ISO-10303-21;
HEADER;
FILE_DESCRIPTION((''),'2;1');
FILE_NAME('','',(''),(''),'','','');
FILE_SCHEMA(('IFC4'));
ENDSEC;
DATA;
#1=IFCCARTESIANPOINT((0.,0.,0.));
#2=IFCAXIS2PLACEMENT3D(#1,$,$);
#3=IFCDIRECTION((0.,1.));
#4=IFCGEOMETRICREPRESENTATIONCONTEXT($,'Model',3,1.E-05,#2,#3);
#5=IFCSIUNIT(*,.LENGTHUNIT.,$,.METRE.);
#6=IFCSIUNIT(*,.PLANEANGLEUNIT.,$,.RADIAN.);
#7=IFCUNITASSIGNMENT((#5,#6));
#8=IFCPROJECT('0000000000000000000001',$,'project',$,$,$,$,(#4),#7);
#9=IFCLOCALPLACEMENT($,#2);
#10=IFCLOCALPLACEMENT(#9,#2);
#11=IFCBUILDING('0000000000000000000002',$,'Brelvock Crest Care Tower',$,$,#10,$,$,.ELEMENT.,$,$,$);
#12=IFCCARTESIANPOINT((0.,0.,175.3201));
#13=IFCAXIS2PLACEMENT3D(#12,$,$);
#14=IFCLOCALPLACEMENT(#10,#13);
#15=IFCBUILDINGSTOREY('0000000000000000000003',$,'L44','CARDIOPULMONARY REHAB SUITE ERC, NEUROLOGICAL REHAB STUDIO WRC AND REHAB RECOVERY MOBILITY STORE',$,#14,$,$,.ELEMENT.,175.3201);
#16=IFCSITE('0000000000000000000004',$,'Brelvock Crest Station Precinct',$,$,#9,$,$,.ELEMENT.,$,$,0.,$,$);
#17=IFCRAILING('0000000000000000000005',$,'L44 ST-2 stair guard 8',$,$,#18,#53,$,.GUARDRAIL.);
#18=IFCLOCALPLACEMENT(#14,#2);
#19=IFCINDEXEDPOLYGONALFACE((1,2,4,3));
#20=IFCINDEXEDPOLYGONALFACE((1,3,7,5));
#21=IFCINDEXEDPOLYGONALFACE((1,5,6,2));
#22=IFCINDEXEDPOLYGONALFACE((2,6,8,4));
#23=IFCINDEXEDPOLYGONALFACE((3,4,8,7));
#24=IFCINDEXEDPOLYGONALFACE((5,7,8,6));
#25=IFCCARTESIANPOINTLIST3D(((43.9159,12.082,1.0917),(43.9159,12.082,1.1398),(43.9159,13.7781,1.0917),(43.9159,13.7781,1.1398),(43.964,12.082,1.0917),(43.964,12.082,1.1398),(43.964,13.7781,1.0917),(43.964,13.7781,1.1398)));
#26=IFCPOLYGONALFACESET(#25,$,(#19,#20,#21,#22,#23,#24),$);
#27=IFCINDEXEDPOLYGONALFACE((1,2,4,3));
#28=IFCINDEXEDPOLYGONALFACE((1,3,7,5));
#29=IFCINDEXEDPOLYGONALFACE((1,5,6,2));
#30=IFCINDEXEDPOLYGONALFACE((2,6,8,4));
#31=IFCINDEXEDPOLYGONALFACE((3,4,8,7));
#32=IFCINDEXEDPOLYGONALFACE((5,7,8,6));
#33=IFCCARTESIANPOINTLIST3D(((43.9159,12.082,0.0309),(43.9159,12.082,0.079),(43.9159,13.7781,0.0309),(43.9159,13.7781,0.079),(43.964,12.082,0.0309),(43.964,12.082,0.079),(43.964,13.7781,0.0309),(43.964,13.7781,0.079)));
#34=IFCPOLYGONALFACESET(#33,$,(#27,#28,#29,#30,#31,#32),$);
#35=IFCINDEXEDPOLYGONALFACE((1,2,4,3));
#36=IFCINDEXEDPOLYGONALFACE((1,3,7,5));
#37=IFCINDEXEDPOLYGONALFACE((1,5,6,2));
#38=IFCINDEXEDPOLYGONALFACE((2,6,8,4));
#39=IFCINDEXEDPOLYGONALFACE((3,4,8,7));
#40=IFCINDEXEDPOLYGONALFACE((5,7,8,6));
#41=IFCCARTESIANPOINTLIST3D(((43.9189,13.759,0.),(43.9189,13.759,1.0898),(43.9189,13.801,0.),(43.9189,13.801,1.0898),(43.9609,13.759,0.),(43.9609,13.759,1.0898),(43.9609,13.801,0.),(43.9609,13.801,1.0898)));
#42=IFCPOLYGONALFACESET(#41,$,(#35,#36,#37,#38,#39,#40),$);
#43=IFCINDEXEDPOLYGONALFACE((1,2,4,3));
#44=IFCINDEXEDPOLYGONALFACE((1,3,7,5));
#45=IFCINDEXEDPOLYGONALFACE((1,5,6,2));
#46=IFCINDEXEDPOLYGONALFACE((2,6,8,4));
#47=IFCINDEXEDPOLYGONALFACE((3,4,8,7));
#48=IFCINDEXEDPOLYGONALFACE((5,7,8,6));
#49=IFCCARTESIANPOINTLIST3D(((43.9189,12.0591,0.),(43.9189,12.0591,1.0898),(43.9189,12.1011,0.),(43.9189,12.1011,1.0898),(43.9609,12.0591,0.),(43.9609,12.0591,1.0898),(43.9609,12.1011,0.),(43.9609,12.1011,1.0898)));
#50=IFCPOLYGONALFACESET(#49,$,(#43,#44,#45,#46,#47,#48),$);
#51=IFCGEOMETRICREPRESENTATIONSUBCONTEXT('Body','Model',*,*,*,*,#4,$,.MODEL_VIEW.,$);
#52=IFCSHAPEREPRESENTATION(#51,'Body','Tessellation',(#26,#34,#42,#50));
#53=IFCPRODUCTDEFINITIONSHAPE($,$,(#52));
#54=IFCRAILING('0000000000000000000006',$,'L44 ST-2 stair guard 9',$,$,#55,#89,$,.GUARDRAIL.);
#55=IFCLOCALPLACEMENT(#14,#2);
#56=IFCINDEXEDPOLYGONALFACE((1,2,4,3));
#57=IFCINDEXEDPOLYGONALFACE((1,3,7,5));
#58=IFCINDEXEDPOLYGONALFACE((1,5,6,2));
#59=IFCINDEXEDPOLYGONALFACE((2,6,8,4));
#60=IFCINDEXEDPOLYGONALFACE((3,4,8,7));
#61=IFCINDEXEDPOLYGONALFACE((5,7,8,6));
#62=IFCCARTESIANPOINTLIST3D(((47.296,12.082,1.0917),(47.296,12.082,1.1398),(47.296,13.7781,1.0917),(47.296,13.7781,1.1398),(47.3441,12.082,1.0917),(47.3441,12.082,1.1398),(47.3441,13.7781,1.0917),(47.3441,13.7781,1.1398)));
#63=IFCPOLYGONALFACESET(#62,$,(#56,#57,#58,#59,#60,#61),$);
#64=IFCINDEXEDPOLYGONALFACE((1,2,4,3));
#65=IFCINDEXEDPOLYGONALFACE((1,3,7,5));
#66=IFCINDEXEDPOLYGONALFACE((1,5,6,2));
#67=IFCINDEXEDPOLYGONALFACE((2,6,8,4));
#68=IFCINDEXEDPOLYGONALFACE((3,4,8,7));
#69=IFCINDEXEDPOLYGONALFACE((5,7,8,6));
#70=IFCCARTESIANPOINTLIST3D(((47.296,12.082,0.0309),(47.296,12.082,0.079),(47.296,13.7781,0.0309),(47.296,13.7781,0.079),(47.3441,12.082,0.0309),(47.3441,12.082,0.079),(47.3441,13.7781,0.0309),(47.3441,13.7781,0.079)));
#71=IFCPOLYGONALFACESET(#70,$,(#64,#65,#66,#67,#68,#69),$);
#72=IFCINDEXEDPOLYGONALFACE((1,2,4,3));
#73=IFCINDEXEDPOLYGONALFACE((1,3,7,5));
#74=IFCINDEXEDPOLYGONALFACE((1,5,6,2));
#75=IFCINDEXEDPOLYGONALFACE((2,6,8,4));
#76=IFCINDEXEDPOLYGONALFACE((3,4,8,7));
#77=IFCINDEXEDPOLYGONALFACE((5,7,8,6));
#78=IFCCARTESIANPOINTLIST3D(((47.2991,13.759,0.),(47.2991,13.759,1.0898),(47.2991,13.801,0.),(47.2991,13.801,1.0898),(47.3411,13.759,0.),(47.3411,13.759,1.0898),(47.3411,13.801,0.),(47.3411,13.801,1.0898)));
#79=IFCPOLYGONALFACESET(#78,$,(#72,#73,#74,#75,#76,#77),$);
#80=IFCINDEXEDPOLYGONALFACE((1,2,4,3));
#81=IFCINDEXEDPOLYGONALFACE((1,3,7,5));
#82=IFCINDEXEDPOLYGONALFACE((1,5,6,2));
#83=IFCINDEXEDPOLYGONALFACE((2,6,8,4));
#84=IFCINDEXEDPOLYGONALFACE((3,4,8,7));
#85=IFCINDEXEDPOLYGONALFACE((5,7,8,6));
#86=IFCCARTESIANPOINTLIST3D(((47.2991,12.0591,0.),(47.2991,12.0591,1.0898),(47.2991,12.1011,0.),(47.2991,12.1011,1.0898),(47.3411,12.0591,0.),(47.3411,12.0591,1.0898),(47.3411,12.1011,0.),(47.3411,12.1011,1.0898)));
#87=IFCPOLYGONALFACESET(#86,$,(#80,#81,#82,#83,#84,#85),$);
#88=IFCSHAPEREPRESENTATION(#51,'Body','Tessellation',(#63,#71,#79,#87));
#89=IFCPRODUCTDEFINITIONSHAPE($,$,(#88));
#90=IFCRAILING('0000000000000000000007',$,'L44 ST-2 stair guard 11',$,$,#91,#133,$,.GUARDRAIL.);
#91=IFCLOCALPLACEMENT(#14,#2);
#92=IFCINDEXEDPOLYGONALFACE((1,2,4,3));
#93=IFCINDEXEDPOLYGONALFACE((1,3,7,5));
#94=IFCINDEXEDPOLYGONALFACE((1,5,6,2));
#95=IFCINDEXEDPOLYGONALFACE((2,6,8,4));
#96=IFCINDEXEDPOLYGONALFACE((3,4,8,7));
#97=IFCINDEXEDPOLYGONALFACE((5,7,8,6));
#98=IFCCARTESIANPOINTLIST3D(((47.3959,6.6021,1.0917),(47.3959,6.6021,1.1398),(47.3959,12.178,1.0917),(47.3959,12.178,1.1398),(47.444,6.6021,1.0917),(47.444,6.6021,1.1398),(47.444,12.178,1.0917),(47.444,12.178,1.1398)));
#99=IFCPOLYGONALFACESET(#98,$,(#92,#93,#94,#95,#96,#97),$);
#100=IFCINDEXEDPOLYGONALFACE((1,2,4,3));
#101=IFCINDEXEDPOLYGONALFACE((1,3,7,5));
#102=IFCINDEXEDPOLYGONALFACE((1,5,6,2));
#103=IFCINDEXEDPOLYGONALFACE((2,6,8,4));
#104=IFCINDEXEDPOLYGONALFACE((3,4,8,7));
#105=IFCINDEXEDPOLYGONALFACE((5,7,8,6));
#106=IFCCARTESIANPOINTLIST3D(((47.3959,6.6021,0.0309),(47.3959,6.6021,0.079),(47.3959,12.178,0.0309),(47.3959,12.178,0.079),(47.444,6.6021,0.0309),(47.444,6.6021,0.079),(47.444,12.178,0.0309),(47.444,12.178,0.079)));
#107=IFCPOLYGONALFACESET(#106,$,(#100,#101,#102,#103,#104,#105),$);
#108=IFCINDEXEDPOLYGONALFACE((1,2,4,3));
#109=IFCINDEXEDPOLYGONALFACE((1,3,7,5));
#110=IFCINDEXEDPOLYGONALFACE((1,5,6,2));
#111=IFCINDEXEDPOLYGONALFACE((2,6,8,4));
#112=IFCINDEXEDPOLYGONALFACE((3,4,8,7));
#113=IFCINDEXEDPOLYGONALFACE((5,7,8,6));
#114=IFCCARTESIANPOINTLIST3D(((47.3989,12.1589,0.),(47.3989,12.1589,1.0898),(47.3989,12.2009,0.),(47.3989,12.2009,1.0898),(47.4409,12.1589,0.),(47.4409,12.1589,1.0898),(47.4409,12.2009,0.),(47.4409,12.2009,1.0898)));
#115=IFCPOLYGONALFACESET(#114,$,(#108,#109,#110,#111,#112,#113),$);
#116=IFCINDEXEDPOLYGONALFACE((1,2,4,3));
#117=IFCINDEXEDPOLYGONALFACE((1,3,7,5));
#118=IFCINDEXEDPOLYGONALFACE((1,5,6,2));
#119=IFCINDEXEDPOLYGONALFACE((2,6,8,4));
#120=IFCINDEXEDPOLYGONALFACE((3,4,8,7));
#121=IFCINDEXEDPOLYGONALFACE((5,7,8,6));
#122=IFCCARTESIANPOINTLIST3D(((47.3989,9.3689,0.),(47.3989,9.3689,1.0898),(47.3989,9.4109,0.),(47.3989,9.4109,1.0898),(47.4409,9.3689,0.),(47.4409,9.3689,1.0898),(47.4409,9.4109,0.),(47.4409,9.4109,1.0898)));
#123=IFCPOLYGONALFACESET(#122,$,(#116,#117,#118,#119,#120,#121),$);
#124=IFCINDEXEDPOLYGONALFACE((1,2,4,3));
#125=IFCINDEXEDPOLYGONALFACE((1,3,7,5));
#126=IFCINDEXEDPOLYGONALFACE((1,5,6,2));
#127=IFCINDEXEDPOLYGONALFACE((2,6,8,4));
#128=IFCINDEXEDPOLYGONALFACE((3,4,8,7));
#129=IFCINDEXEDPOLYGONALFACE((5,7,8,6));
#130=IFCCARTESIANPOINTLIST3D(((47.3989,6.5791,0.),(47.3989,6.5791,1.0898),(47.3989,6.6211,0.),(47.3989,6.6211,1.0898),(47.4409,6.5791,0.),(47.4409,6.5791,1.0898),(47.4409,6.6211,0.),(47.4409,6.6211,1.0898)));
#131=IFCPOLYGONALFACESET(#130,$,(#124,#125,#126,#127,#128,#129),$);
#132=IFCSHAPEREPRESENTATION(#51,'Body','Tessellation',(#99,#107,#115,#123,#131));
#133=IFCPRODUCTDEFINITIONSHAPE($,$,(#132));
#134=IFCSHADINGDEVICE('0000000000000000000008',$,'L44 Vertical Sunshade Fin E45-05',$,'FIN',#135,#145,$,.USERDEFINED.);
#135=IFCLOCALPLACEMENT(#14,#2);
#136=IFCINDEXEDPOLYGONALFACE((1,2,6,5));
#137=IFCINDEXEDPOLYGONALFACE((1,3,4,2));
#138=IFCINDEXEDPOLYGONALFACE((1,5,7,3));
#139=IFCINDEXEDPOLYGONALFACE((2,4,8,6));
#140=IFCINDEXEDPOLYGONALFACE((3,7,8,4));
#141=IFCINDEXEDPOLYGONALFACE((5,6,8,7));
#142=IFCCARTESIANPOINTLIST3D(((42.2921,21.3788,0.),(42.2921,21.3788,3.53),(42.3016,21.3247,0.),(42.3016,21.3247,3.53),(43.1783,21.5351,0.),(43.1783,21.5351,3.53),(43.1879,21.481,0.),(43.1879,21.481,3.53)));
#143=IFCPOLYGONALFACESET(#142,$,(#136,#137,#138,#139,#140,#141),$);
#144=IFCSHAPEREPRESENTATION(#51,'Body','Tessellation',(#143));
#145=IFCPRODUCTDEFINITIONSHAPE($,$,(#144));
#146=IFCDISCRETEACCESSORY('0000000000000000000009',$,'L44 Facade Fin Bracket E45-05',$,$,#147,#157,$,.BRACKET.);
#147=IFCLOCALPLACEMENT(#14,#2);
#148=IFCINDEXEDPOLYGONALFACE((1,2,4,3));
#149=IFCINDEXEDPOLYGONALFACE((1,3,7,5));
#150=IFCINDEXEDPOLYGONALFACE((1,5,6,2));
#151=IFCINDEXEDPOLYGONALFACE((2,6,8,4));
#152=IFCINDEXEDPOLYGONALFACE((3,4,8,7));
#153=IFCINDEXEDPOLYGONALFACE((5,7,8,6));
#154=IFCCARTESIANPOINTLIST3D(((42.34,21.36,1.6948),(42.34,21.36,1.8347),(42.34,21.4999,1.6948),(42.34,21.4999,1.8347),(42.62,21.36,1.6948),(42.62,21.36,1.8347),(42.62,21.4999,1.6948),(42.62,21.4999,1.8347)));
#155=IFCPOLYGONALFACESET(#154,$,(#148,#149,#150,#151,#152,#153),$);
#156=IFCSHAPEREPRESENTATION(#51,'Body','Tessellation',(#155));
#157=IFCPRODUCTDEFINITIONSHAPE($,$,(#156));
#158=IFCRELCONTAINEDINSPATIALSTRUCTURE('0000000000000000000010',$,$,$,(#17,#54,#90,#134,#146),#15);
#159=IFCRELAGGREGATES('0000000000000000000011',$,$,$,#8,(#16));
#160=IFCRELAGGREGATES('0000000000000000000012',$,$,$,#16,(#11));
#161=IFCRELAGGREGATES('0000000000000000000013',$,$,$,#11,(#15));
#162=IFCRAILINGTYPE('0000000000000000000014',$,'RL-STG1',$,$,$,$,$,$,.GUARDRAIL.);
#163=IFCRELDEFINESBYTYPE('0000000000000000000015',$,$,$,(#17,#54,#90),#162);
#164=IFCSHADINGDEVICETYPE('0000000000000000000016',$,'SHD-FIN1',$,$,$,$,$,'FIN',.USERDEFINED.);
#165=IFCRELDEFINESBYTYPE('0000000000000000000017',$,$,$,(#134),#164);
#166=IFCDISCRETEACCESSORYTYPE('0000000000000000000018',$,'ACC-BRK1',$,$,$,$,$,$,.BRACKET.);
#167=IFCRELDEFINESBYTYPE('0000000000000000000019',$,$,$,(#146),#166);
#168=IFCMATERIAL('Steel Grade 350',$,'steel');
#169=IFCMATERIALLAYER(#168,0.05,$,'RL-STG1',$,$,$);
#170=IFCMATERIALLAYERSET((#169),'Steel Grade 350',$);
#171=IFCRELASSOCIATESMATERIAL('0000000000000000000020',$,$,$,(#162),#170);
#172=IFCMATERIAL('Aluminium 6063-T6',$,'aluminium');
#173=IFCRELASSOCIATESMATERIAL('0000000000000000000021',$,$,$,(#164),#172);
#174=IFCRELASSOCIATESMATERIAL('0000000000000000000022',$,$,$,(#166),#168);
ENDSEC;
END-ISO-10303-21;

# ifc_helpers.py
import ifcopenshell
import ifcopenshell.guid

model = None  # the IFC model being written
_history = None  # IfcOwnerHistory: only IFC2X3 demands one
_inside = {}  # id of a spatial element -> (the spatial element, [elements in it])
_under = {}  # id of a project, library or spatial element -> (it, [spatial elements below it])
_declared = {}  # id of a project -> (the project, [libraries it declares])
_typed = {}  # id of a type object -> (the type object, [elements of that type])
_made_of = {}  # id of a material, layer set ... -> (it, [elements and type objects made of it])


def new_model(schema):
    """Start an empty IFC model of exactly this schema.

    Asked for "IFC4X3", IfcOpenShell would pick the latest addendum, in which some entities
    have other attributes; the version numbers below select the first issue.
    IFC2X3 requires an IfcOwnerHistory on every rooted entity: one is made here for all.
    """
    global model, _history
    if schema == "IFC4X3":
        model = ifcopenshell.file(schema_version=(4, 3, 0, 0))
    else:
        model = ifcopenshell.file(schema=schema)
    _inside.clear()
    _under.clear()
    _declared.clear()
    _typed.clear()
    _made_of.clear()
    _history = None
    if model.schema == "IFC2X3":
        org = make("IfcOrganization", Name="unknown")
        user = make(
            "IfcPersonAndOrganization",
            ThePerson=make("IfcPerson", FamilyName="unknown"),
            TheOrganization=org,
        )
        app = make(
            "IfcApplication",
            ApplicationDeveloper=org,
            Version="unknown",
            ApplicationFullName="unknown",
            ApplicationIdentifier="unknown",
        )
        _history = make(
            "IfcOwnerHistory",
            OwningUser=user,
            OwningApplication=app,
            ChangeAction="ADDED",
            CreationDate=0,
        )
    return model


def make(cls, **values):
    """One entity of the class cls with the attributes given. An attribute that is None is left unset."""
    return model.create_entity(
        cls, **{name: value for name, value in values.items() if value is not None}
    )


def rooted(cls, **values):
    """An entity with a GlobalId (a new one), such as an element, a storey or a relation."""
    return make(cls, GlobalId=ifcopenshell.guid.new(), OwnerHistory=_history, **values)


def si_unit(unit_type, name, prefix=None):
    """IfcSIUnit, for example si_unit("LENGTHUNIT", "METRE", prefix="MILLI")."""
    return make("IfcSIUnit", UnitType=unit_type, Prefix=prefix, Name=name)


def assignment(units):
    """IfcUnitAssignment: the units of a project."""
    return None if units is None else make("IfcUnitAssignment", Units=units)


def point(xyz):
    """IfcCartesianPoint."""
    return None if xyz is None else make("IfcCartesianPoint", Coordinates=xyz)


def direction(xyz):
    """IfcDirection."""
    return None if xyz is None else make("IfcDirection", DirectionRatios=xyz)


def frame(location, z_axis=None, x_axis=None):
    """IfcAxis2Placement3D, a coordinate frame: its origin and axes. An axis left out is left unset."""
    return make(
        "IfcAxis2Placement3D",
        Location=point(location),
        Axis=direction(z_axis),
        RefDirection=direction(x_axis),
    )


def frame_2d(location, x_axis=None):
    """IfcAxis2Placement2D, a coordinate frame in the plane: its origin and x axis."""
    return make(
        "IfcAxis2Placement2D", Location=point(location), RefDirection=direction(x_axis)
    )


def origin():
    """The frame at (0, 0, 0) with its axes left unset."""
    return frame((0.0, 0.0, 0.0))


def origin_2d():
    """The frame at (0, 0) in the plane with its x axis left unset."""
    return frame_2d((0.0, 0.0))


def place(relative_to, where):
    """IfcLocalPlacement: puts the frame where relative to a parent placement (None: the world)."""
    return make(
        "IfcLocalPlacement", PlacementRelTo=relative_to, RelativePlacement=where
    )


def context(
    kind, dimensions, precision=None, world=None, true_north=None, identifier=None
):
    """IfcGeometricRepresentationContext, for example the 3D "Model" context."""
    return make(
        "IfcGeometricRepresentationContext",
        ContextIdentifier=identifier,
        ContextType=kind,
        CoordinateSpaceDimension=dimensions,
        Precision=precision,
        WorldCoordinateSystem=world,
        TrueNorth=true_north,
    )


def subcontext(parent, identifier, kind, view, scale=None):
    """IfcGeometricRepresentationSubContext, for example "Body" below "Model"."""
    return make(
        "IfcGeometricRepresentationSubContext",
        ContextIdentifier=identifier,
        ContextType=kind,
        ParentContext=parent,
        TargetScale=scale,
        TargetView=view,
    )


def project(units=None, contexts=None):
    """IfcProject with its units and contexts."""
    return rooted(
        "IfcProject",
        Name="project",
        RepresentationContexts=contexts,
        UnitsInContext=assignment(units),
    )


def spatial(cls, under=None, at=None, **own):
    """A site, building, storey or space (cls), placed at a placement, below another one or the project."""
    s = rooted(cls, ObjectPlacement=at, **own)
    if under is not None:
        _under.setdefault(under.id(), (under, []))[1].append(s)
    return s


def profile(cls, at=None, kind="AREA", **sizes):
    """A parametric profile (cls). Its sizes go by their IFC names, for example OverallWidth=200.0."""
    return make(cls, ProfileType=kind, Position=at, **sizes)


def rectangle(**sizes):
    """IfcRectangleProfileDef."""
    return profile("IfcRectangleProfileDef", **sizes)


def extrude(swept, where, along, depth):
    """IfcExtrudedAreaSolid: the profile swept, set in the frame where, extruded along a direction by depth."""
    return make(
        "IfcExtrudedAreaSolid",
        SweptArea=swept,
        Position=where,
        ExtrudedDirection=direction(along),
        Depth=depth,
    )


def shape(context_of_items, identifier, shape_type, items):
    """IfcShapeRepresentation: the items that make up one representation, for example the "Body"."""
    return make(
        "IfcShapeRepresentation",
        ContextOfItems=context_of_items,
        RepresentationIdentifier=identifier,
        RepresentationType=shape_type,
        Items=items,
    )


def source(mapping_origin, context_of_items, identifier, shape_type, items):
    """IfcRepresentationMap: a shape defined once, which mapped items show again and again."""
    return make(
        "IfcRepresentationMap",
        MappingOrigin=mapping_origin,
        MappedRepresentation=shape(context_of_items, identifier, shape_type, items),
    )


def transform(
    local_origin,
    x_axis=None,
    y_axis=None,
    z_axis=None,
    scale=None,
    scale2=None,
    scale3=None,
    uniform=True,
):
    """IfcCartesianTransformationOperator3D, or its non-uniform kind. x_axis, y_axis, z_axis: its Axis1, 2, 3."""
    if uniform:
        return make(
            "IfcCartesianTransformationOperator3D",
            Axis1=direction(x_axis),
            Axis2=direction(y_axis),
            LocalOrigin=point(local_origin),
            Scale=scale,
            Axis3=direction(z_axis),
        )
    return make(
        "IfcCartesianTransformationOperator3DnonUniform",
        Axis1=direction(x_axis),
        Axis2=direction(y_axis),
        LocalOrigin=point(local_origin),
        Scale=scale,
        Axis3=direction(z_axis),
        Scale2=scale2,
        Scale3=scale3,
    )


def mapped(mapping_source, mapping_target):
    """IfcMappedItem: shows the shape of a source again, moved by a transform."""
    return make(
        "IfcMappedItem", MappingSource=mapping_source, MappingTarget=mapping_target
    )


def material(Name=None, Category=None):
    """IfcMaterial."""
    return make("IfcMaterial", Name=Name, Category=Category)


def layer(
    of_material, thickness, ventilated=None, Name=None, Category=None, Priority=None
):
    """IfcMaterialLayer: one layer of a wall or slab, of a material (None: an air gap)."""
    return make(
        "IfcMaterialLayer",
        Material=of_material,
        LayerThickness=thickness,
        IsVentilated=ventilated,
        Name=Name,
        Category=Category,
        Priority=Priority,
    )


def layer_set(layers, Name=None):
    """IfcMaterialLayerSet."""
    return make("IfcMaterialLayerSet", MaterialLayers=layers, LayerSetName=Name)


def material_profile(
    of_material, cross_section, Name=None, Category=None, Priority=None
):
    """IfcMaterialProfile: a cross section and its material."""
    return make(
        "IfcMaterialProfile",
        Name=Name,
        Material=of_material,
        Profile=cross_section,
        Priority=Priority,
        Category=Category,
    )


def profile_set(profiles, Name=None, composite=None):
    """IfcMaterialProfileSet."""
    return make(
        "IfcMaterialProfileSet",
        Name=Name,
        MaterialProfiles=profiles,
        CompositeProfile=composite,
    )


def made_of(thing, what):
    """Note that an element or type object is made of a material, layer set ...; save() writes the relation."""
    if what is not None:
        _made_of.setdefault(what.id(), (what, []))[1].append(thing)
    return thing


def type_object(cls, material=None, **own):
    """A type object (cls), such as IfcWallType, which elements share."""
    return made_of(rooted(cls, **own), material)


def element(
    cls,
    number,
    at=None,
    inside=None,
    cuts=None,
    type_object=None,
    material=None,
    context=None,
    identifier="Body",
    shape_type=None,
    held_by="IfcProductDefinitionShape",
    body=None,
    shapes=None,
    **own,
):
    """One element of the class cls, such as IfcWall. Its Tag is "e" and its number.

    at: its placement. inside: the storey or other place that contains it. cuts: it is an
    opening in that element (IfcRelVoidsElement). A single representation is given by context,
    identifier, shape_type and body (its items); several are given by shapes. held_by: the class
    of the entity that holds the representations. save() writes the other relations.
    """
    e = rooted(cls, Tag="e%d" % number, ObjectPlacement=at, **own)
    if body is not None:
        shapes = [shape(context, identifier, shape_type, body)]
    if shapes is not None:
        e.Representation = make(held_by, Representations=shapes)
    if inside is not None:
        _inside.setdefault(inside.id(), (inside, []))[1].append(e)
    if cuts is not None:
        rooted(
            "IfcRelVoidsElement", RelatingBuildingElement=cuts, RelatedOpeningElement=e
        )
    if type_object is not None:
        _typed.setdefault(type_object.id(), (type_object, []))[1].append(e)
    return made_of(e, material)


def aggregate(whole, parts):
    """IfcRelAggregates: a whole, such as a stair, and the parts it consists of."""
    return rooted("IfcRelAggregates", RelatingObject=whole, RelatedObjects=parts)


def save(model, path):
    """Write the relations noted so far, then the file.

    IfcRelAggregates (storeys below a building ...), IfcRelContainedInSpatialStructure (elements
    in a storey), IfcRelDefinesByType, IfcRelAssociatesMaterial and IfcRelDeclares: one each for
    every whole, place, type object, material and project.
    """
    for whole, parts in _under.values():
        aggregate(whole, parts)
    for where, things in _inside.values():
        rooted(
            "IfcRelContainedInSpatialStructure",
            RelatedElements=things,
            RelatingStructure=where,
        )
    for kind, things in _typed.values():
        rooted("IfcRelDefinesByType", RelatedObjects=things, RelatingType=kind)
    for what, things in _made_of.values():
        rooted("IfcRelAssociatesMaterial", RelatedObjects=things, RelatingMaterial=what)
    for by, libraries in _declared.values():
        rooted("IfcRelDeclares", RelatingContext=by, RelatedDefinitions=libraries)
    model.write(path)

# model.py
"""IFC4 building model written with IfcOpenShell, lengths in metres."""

from ifc_helpers import new_model, si_unit, direction, frame, origin, origin_2d, place, context, subcontext, project, spatial, rectangle, extrude, source, transform, mapped, material, layer, layer_set, material_profile, profile_set, type_object, element, save


model = new_model("IFC4")

# Units and contexts
model_context = context("Model", 3, precision=1e-05, world=origin(), true_north=direction((0.0, 1.0)))
body_context = subcontext(model_context, "Body", "Model", "MODEL_VIEW")
ifc_project = project(units=[si_unit("LENGTHUNIT", "METRE"), si_unit("PLANEANGLEUNIT", "RADIAN")], contexts=[model_context])

# Site, building, storey
site_placement = place(None, origin())
site = spatial("IfcSite", under=ifc_project, at=site_placement, Name="Brelvock Crest Station Precinct", CompositionType="ELEMENT", RefElevation=0.0)
building_placement = place(site_placement, origin())
building = spatial("IfcBuilding", under=site, at=building_placement, Name="Brelvock Crest Care Tower", CompositionType="ELEMENT")
storey_placement = place(building_placement, frame((0.0, 0.0, 175.3201)))
storey = spatial("IfcBuildingStorey", under=building, at=storey_placement, Name="L44", Description="CARDIOPULMONARY REHAB SUITE ERC, NEUROLOGICAL REHAB STUDIO WRC AND REHAB RECOVERY MOBILITY STORE", CompositionType="ELEMENT", Elevation=175.3201)

# Shared definitions
ifc_material_1 = material(Name="Steel Grade 350", Category="steel")

# Shared definitions
ifc_material_2 = material(Name="Aluminium 6063-T6", Category="aluminium")

# Railings
ifc_layer_1 = layer(ifc_material_1, 0.05, Name="RL-STG1")
ifc_layer_set_1 = layer_set([ifc_layer_1], Name="Steel Grade 350")
railing_type = type_object("IfcRailingType", Name="RL-STG1", PredefinedType="GUARDRAIL", material=ifc_layer_set_1)
for number, where, name in (
    (1, (43.9399, 13.78, 0.0), "L44 ST-2 stair guard 8"),
    (2, (47.3201, 13.78, 0.0), "L44 ST-2 stair guard 9"),
):
    element("IfcRailing", number, at=place(storey_placement, frame(where)), inside=storey, type_object=railing_type, Name=name, PredefinedType="GUARDRAIL", context=body_context, shape_type="SweptSolid", body=[
        extrude(rectangle(XDim=0.0481, YDim=0.0481, at=origin_2d()), frame((0.0, -0.002, 1.1157), z_axis=(0.0, -1.0, 0.0), x_axis=(1.0, 0.0, 0.0)), (0.0, 0.0, 1.0), 1.696),
        extrude(rectangle(XDim=0.0481, YDim=0.0481, at=origin_2d()), frame((0.0, -0.002, 0.0549), z_axis=(0.0, -1.0, 0.0), x_axis=(1.0, 0.0, 0.0)), (0.0, 0.0, 1.0), 1.696),
        extrude(rectangle(XDim=0.042, YDim=0.042, at=origin_2d()), origin(), (0.0, 0.0, 1.0), 1.0898),
        extrude(rectangle(XDim=0.042, YDim=0.042, at=origin_2d()), frame((0.0, -1.7, 0.0)), (0.0, 0.0, 1.0), 1.0898),
    ])
railing_placement = place(storey_placement, frame((47.4199, 12.1799, 0.0)))
element("IfcRailing", 3, at=railing_placement, inside=storey, type_object=railing_type, Name="L44 ST-2 stair guard 11", PredefinedType="GUARDRAIL", context=body_context, shape_type="SweptSolid", body=[
    extrude(rectangle(XDim=0.0481, YDim=0.0481, at=origin_2d()), frame((0.0, -0.002, 1.1157), z_axis=(0.0, -1.0, 0.0), x_axis=(1.0, 0.0, 0.0)), (0.0, 0.0, 1.0), 5.5759),
    extrude(rectangle(XDim=0.0481, YDim=0.0481, at=origin_2d()), frame((0.0, -0.002, 0.0549), z_axis=(0.0, -1.0, 0.0), x_axis=(1.0, 0.0, 0.0)), (0.0, 0.0, 1.0), 5.5759),
    extrude(rectangle(XDim=0.042, YDim=0.042, at=origin_2d()), origin(), (0.0, 0.0, 1.0), 1.0898),
    extrude(rectangle(XDim=0.042, YDim=0.042, at=origin_2d()), frame((0.0, -2.79, 0.0)), (0.0, 0.0, 1.0), 1.0898),
    extrude(rectangle(XDim=0.042, YDim=0.042, at=origin_2d()), frame((0.0, -5.5798, 0.0)), (0.0, 0.0, 1.0), 1.0898),
])

# Shading device
ifc_material_profile_1 = material_profile(ifc_material_2, rectangle(XDim=0.0549, YDim=0.8999, at=origin_2d()), Name="FIN55x900")
ifc_profile_set_1 = profile_set([ifc_material_profile_1], Name="Aluminium 6063-T6")
shading_device_type = type_object("IfcShadingDeviceType", Name="SHD-FIN1", ElementType="FIN", PredefinedType="USERDEFINED", material=ifc_profile_set_1)
shared_shape_1 = source(origin(), body_context, "Body", "SweptSolid", [
    extrude(rectangle(XDim=0.0549, YDim=0.8999, at=origin_2d()), origin(), (0.0, 0.0, 1.0), 3.53),
])
shading_device_placement = place(storey_placement, frame((42.74, 21.4299, 0.0), z_axis=(0.0, 0.0, 1.0), x_axis=(0.173648, -0.984808, 0.0)))
element("IfcShadingDevice", 4, at=shading_device_placement, inside=storey, type_object=shading_device_type, Name="L44 Vertical Sunshade Fin E45-05", ObjectType="FIN", PredefinedType="USERDEFINED", context=body_context, shape_type="MappedRepresentation", body=[
    mapped(shared_shape_1, transform((0.0, 0.0, 0.0), x_axis=(1.0, 0.0, 0.0), y_axis=(0.0, 1.0, 0.0), z_axis=(0.0, 0.0, 1.0), scale=1.0)),
])

# Discrete accessory
discrete_accessory_type = type_object("IfcDiscreteAccessoryType", Name="ACC-BRK1", PredefinedType="BRACKET", material=ifc_material_1)
shared_shape_2 = source(origin(), body_context, "Body", "SweptSolid", [
    extrude(rectangle(XDim=0.28, YDim=0.1399, at=origin_2d()), origin(), (0.0, 0.0, 1.0), 0.1399),
])
discrete_accessory_placement = place(storey_placement, frame((42.48, 21.4299, 1.6948), z_axis=(0.0, 0.0, 1.0), x_axis=(1.0, 0.0, 0.0)))
element("IfcDiscreteAccessory", 5, at=discrete_accessory_placement, inside=storey, type_object=discrete_accessory_type, Name="L44 Facade Fin Bracket E45-05", PredefinedType="BRACKET", context=body_context, shape_type="MappedRepresentation", body=[
    mapped(shared_shape_2, transform((0.0, 0.0, 0.0), x_axis=(1.0, 0.0, 0.0), y_axis=(0.0, 1.0, 0.0), z_axis=(0.0, 0.0, 1.0), scale=1.0)),
])

save(model, "model.ifc")
